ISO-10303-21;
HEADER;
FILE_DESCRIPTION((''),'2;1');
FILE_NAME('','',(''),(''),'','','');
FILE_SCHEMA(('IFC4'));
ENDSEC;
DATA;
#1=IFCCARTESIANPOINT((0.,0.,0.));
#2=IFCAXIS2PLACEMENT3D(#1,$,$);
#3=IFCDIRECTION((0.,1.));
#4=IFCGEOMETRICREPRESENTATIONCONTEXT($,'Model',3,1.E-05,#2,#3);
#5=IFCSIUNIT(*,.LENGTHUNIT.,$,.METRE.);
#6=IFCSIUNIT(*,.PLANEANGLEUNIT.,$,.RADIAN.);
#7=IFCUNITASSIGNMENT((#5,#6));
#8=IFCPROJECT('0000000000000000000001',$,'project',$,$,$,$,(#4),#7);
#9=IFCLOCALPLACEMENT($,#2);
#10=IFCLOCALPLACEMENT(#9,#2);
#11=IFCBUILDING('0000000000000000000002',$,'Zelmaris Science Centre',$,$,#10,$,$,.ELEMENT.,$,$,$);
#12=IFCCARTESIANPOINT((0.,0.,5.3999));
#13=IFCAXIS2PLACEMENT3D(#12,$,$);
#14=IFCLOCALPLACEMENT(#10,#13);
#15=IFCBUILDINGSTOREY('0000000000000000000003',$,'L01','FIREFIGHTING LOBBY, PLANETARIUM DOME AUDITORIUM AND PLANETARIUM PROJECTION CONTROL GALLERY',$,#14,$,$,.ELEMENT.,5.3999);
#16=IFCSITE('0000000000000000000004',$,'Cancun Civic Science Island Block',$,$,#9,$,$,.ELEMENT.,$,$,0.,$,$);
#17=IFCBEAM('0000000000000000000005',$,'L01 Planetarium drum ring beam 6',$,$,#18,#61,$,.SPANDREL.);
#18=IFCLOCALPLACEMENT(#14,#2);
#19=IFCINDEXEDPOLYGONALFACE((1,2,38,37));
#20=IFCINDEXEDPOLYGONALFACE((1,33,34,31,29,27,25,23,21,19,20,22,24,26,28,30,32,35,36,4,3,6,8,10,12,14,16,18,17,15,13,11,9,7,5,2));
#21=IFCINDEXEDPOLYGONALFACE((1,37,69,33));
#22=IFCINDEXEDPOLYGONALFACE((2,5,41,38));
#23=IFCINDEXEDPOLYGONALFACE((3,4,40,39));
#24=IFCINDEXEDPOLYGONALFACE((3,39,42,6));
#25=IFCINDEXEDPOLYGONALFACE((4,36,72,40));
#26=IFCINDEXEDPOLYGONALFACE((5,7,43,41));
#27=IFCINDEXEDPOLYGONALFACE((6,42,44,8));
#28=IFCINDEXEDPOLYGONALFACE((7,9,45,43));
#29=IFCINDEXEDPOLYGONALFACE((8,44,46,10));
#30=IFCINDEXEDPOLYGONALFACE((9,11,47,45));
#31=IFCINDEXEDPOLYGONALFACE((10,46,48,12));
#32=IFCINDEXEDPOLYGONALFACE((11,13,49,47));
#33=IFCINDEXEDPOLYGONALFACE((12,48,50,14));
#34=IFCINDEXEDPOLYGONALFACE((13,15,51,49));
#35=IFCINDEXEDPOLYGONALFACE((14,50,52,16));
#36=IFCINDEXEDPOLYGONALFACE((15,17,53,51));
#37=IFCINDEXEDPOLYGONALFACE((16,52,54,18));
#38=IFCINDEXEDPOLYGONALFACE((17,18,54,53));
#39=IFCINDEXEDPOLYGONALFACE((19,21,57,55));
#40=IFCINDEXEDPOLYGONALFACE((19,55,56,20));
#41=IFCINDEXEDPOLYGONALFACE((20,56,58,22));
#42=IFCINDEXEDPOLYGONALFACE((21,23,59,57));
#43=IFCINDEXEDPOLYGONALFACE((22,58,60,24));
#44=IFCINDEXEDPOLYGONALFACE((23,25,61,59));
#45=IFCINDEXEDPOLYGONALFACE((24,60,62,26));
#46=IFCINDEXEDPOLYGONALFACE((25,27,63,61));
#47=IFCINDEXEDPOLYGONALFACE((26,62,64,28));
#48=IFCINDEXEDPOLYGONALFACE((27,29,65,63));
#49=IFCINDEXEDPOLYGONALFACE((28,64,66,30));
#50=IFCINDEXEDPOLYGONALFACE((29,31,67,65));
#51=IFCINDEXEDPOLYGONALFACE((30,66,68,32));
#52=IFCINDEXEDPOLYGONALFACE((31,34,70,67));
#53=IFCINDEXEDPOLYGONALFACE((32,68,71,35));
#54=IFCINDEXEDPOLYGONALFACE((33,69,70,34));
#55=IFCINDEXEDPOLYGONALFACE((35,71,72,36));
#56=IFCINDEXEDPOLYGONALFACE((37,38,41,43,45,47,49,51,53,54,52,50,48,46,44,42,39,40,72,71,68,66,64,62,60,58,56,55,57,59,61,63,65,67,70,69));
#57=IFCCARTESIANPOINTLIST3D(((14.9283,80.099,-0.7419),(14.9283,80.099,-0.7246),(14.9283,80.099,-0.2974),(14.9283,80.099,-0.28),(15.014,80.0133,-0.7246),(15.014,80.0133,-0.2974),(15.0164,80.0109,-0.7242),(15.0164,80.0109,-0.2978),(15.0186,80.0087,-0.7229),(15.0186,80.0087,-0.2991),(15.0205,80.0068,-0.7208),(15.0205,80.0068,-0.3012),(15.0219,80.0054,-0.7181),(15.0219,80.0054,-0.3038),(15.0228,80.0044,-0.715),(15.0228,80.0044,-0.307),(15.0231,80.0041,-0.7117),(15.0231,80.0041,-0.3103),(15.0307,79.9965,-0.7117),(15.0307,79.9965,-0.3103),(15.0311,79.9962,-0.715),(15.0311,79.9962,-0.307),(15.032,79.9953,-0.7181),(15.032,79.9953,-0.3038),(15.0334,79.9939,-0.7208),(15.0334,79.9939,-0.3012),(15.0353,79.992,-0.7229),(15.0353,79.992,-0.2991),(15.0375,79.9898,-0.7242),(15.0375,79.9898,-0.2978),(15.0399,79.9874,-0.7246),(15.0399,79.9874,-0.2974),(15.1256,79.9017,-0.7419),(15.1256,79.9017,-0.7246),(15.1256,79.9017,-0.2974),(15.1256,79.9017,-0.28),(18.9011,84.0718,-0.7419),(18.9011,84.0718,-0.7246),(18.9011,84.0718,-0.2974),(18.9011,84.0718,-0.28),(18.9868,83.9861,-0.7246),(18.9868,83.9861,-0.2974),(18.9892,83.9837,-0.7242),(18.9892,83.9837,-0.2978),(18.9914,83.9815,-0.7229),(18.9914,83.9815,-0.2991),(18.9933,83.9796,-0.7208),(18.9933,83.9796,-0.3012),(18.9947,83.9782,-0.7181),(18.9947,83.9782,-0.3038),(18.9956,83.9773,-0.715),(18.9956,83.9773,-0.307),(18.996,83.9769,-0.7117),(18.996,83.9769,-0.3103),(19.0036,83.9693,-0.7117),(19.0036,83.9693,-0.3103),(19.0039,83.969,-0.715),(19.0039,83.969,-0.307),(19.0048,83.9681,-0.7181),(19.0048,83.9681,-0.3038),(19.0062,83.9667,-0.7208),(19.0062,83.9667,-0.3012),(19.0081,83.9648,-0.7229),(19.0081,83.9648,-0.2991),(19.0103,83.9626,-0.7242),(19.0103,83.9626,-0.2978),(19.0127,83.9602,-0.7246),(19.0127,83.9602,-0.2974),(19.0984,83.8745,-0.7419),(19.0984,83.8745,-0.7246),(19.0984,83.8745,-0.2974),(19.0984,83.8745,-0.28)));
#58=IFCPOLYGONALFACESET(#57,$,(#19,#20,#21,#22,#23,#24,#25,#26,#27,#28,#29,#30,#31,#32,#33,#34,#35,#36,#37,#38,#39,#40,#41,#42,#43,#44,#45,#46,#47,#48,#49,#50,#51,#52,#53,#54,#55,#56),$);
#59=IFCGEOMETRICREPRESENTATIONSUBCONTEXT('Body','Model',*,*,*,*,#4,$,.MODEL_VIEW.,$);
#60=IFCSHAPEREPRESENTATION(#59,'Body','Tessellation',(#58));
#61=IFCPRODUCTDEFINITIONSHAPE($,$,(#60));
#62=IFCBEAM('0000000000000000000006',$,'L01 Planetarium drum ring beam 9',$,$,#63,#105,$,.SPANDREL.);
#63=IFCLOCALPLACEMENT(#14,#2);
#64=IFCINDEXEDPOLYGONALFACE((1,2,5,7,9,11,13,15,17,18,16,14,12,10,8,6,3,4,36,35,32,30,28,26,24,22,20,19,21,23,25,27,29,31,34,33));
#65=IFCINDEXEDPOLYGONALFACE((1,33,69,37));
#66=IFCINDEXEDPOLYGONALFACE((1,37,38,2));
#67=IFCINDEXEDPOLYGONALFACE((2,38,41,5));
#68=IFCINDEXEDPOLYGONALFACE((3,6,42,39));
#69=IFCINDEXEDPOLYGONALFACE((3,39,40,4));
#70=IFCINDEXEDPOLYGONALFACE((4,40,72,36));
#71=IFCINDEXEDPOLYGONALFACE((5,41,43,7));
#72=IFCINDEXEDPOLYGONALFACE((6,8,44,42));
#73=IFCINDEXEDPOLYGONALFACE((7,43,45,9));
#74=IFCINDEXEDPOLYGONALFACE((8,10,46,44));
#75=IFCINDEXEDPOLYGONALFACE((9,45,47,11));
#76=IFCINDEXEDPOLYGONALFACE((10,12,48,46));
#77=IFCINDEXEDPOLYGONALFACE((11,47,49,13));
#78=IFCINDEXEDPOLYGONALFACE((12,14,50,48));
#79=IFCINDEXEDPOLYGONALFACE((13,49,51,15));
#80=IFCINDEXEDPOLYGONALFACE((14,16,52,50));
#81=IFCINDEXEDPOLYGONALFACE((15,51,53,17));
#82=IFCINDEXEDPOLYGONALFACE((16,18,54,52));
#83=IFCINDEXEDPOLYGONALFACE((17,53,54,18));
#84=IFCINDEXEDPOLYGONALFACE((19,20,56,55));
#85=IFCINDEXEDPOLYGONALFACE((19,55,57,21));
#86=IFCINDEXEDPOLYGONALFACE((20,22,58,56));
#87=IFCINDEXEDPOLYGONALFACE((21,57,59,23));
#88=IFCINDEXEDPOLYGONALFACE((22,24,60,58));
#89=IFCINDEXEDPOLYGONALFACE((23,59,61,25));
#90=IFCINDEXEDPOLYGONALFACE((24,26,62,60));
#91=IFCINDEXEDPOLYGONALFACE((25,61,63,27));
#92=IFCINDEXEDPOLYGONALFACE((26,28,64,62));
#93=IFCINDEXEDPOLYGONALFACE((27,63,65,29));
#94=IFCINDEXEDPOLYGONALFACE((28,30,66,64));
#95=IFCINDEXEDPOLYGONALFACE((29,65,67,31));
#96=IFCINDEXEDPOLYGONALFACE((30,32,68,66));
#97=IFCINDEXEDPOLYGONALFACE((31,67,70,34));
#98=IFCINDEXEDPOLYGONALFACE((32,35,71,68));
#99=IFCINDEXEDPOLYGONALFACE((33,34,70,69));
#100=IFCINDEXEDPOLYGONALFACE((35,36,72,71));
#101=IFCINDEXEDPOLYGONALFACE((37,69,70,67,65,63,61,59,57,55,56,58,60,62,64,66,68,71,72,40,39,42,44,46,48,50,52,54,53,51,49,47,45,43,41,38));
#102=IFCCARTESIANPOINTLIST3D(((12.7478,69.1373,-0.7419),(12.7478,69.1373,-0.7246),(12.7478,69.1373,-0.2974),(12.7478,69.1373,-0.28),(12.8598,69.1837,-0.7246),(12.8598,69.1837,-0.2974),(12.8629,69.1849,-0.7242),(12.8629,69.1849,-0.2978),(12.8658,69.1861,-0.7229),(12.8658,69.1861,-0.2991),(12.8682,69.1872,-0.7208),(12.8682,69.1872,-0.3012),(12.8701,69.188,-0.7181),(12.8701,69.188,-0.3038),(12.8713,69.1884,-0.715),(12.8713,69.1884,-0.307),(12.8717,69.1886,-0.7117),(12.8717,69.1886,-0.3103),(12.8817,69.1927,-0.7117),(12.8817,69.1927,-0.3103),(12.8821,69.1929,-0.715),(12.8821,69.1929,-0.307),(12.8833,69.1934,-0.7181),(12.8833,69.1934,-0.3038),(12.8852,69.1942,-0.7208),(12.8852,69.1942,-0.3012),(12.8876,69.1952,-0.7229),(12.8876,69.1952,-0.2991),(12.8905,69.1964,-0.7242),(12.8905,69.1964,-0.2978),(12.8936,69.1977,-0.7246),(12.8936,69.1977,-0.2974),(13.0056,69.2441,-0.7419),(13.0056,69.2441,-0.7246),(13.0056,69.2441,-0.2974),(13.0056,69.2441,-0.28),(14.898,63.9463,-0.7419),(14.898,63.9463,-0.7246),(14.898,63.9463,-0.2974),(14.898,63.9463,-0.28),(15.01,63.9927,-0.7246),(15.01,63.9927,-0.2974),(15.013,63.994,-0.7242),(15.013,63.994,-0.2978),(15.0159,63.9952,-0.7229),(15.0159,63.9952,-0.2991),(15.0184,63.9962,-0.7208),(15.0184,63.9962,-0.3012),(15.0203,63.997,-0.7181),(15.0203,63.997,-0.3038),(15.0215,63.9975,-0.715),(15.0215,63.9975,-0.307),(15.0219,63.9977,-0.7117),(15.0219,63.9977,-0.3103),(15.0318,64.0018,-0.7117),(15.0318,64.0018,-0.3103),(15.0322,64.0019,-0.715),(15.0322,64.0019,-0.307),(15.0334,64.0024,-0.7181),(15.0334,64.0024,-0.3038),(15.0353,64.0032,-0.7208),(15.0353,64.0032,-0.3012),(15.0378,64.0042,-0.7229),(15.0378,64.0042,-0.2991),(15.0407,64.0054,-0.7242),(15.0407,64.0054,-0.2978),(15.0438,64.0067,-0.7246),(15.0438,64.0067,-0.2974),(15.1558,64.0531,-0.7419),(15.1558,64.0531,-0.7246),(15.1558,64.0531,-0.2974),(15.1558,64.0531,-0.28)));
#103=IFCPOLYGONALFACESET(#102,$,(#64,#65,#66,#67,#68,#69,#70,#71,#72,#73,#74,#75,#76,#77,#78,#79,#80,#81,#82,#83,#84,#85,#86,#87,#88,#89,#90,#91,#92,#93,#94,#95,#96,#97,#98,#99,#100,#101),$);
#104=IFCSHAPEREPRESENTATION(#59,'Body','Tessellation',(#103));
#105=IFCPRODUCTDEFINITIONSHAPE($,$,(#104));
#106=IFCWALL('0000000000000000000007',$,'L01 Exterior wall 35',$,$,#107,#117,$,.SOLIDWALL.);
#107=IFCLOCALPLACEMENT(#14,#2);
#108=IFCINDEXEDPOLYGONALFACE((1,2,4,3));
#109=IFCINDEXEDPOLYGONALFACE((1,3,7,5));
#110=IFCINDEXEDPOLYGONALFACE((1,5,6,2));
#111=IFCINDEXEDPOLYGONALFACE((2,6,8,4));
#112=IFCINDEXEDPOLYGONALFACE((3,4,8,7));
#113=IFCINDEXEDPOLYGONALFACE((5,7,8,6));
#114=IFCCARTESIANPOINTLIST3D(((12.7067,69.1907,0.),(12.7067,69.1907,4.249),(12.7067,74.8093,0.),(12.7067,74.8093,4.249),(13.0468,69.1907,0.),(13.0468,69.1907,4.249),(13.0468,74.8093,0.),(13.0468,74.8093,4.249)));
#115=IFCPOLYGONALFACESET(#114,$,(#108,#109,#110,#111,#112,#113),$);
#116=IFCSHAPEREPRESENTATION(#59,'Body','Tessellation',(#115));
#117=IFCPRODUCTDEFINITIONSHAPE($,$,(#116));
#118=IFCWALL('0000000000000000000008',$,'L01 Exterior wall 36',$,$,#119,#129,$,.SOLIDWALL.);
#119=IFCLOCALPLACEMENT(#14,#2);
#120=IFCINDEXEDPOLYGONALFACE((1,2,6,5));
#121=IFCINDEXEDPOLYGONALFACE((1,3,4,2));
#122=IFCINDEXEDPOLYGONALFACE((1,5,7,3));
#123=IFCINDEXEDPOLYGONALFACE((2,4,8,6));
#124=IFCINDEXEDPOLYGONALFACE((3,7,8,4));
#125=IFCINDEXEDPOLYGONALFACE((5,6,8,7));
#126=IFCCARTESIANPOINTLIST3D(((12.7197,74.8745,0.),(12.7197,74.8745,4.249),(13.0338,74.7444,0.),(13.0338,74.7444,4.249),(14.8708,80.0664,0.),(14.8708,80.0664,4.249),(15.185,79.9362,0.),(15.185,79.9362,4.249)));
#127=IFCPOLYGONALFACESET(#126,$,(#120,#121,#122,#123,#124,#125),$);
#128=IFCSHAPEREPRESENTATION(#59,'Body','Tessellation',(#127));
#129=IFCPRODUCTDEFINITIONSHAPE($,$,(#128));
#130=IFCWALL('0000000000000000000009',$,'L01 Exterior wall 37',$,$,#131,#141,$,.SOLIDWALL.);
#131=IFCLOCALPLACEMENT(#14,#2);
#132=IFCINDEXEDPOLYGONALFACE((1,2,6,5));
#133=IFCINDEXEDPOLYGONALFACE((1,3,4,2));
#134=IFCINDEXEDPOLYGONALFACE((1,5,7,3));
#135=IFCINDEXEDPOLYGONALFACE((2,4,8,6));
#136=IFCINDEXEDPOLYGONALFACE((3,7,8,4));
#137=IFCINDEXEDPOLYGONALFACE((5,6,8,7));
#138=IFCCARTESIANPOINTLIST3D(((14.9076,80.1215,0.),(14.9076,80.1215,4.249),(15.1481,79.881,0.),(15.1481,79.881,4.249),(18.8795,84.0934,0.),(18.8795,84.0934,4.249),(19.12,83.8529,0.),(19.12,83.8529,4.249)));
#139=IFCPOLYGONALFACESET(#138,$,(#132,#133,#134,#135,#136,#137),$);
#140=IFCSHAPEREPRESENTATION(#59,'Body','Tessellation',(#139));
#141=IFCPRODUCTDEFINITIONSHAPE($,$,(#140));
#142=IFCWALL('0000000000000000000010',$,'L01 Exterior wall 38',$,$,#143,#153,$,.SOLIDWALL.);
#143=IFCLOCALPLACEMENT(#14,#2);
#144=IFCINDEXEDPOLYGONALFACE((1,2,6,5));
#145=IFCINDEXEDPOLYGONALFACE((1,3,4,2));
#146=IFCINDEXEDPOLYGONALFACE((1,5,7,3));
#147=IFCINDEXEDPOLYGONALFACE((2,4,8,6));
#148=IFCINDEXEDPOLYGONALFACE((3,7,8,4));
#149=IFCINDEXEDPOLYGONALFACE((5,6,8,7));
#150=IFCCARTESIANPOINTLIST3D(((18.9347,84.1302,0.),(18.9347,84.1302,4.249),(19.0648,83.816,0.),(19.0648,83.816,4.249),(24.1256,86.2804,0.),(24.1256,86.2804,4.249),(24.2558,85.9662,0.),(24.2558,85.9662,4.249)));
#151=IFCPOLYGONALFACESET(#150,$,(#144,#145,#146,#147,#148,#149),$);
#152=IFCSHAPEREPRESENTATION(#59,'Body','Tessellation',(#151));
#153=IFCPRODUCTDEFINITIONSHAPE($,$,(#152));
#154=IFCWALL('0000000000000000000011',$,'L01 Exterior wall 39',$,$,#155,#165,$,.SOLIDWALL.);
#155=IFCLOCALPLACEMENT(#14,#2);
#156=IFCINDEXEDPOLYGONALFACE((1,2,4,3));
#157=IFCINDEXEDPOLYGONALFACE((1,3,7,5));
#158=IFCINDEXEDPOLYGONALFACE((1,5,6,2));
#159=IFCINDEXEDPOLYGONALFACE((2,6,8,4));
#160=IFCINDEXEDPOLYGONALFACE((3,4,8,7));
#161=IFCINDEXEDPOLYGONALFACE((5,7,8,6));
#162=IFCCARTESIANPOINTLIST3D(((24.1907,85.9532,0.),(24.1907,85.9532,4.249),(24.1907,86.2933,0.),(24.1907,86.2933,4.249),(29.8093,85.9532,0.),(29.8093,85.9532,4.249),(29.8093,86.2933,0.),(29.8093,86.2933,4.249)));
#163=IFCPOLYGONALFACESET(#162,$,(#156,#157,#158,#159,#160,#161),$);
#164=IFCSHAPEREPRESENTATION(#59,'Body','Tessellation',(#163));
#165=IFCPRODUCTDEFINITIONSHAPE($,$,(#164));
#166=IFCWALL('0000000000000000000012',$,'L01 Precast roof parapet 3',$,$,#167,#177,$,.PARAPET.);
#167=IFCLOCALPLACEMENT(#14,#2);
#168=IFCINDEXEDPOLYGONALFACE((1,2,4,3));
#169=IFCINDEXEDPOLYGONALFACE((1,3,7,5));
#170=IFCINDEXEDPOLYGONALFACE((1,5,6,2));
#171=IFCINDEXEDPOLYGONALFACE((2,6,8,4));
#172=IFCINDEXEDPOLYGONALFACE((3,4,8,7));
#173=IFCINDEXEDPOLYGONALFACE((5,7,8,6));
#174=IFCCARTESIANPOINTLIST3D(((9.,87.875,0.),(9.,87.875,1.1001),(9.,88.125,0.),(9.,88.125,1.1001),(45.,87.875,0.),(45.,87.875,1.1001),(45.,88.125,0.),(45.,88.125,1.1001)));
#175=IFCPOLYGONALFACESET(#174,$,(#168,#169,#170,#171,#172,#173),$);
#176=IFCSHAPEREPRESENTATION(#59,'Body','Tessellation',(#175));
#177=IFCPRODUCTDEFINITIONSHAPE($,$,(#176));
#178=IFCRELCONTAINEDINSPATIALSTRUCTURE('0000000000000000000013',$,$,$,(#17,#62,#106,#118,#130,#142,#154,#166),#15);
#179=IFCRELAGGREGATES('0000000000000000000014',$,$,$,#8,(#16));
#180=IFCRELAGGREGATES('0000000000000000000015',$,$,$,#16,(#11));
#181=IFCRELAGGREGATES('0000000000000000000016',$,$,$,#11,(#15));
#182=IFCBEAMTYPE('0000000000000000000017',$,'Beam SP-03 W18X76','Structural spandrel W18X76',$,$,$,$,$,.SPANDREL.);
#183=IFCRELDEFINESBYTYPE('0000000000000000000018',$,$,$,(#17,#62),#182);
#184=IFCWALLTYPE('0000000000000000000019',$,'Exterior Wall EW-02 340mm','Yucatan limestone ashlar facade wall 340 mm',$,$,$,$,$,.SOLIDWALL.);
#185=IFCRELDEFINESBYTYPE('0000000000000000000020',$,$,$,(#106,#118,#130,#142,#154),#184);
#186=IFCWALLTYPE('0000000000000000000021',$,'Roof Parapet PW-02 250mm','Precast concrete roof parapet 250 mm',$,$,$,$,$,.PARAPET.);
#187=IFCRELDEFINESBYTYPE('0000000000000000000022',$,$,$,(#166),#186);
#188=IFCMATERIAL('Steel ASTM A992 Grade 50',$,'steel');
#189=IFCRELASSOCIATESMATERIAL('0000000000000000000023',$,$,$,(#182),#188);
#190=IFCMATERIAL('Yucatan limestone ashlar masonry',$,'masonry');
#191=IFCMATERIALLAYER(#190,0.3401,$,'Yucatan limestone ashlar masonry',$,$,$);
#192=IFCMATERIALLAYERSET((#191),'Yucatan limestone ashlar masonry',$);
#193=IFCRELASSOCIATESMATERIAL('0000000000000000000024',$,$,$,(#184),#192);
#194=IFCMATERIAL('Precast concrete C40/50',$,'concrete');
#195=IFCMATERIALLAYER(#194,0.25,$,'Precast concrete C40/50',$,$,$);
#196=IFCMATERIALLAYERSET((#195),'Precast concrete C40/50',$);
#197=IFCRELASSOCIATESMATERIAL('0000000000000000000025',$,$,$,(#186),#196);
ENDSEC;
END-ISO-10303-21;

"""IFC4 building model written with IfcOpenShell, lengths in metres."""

from ifc_helpers import new_model, si_unit, direction, frame, frame_2d, origin, origin_2d, place, context, subcontext, project, spatial, rectangle, i_section, extrude, material, layer, layer_set, material_profile, profile_set, type_object, element, save


model = new_model("IFC4")

# Units and contexts
model_context = context("Model", 3, precision=1e-05, world=origin(), true_north=direction((0.0, 1.0)))
body_context = subcontext(model_context, "Body", "Model", "MODEL_VIEW")
ifc_project = project(units=[si_unit("LENGTHUNIT", "METRE"), si_unit("PLANEANGLEUNIT", "RADIAN")], contexts=[model_context])

# Site, building, storey
site_placement = place(None, origin())
site = spatial("IfcSite", under=ifc_project, at=site_placement, Name="Cancun Civic Science Island Block", CompositionType="ELEMENT", RefElevation=0.0)
building_placement = place(site_placement, origin())
building = spatial("IfcBuilding", under=site, at=building_placement, Name="Zelmaris Science Centre", CompositionType="ELEMENT")
storey_placement = place(building_placement, frame((0.0, 0.0, 5.3999)))
storey = spatial("IfcBuildingStorey", under=building, at=storey_placement, Name="L01", Description="FIREFIGHTING LOBBY, PLANETARIUM DOME AUDITORIUM AND PLANETARIUM PROJECTION CONTROL GALLERY", CompositionType="ELEMENT", Elevation=5.3999)

# Beams
ifc_material_1 = material(Name="Steel ASTM A992 Grade 50", Category="steel")
ifc_material_profile_1 = material_profile(ifc_material_1, i_section(OverallWidth=0.2791, OverallDepth=0.4619, WebThickness=0.0107, FlangeThickness=0.0173, FilletRadius=0.0129, at=origin_2d()), Name="W18X76")
ifc_profile_set_1 = profile_set([ifc_material_profile_1], Name="Steel ASTM A992 Grade 50")
beam_type_1 = type_object("IfcBeamType", Name="Beam SP-03 W18X76", Description="Structural spandrel W18X76", PredefinedType="SPANDREL", material=ifc_profile_set_1)
beam_1_placement = place(storey_placement, frame((18.9998, 83.9731, -0.511), z_axis=(-0.707107, -0.707107, 0.0), x_axis=(0.707107, -0.707107, 0.0)))
element("IfcBeam", 1, at=beam_1_placement, inside=storey, type_object=beam_type_1, Name="L01 Planetarium drum ring beam 6", PredefinedType="SPANDREL", context=body_context, shape_type="SweptSolid", body=[
    extrude(i_section(OverallWidth=0.2791, OverallDepth=0.4619, WebThickness=0.0107, FlangeThickness=0.0173, FilletRadius=0.0129, at=origin_2d()), origin(), (0.0, 0.0, 1.0), 5.6184),
])
beam_2_placement = place(storey_placement, frame((12.8767, 69.1907, -0.511), z_axis=(0.382683, -0.92388, 0.0), x_axis=(0.92388, 0.382683, 0.0)))
element("IfcBeam", 2, at=beam_2_placement, inside=storey, type_object=beam_type_1, Name="L01 Planetarium drum ring beam 9", PredefinedType="SPANDREL", context=body_context, shape_type="SweptSolid", body=[
    extrude(i_section(OverallWidth=0.2791, OverallDepth=0.4619, WebThickness=0.0107, FlangeThickness=0.0173, FilletRadius=0.0129, at=origin_2d()), origin(), (0.0, 0.0, 1.0), 5.6187),
])

# Walls
ifc_material_2 = material(Name="Yucatan limestone ashlar masonry", Category="masonry")
ifc_layer_1 = layer(ifc_material_2, 0.3401, Name="Yucatan limestone ashlar masonry")
ifc_layer_set_1 = layer_set([ifc_layer_1], Name="Yucatan limestone ashlar masonry")
wall_type_1 = type_object("IfcWallType", Name="Exterior Wall EW-02 340mm", Description="Yucatan limestone ashlar facade wall 340 mm", PredefinedType="SOLIDWALL", material=ifc_layer_set_1)
wall_1_placement = place(storey_placement, frame((12.8767, 69.1907, 0.0), z_axis=(0.0, 0.0, 1.0), x_axis=(0.0, 1.0, 0.0)))
element("IfcWall", 3, at=wall_1_placement, inside=storey, type_object=wall_type_1, Name="L01 Exterior wall 35", PredefinedType="SOLIDWALL", context=body_context, shape_type="SweptSolid", body=[
    extrude(rectangle(XDim=5.6187, YDim=0.3401, at=frame_2d((2.8093, 0.0))), origin(), (0.0, 0.0, 1.0), 4.249),
])
wall_2_placement = place(storey_placement, frame((12.8767, 74.8093, 0.0), z_axis=(0.0, 0.0, 1.0), x_axis=(0.38277, 0.923844, 0.0)))
element("IfcWall", 4, at=wall_2_placement, inside=storey, type_object=wall_type_1, Name="L01 Exterior wall 36", PredefinedType="SOLIDWALL", context=body_context, shape_type="SweptSolid", body=[
    extrude(rectangle(XDim=5.6199, YDim=0.3401, at=frame_2d((2.8101, 0.0))), origin(), (0.0, 0.0, 1.0), 4.249),
])
wall_3_placement = place(storey_placement, frame((15.0278, 80.0012, 0.0), z_axis=(0.0, 0.0, 1.0), x_axis=(0.707107, 0.707107, 0.0)))
element("IfcWall", 5, at=wall_3_placement, inside=storey, type_object=wall_type_1, Name="L01 Exterior wall 37", PredefinedType="SOLIDWALL", context=body_context, shape_type="SweptSolid", body=[
    extrude(rectangle(XDim=5.6172, YDim=0.3401, at=frame_2d((2.8086, 0.0))), origin(), (0.0, 0.0, 1.0), 4.249),
])
for number, where, z_axis, x_axis, name in (
    (6, (18.9998, 83.9731, 0.0), (0.0, 0.0, 1.0), (0.92388, 0.382683, 0.0), "L01 Exterior wall 38"),
    (7, (24.1907, 86.1233, 0.0), (0.0, 0.0, 1.0), (1.0, 0.0, 0.0), "L01 Exterior wall 39"),
):
    element("IfcWall", number, at=place(storey_placement, frame(where, z_axis=z_axis, x_axis=x_axis)), inside=storey, type_object=wall_type_1, Name=name, PredefinedType="SOLIDWALL", context=body_context, shape_type="SweptSolid", body=[
        extrude(rectangle(XDim=5.6187, YDim=0.3401, at=frame_2d((2.8093, 0.0))), origin(), (0.0, 0.0, 1.0), 4.249),
    ])
ifc_material_3 = material(Name="Precast concrete C40/50", Category="concrete")
ifc_layer_2 = layer(ifc_material_3, 0.25, Name="Precast concrete C40/50")
ifc_layer_set_2 = layer_set([ifc_layer_2], Name="Precast concrete C40/50")
wall_type_2 = type_object("IfcWallType", Name="Roof Parapet PW-02 250mm", Description="Precast concrete roof parapet 250 mm", PredefinedType="PARAPET", material=ifc_layer_set_2)
wall_4_placement = place(storey_placement, frame((9.0, 88.0, 0.0), z_axis=(0.0, 0.0, 1.0), x_axis=(1.0, 0.0, 0.0)))
element("IfcWall", 8, at=wall_4_placement, inside=storey, type_object=wall_type_2, Name="L01 Precast roof parapet 3", PredefinedType="PARAPET", context=body_context, shape_type="SweptSolid", body=[
    extrude(rectangle(XDim=36.0, YDim=0.25, at=frame_2d((18.0, 0.0))), origin(), (0.0, 0.0, 1.0), 1.1001),
])

save(model, "model.ifc")
